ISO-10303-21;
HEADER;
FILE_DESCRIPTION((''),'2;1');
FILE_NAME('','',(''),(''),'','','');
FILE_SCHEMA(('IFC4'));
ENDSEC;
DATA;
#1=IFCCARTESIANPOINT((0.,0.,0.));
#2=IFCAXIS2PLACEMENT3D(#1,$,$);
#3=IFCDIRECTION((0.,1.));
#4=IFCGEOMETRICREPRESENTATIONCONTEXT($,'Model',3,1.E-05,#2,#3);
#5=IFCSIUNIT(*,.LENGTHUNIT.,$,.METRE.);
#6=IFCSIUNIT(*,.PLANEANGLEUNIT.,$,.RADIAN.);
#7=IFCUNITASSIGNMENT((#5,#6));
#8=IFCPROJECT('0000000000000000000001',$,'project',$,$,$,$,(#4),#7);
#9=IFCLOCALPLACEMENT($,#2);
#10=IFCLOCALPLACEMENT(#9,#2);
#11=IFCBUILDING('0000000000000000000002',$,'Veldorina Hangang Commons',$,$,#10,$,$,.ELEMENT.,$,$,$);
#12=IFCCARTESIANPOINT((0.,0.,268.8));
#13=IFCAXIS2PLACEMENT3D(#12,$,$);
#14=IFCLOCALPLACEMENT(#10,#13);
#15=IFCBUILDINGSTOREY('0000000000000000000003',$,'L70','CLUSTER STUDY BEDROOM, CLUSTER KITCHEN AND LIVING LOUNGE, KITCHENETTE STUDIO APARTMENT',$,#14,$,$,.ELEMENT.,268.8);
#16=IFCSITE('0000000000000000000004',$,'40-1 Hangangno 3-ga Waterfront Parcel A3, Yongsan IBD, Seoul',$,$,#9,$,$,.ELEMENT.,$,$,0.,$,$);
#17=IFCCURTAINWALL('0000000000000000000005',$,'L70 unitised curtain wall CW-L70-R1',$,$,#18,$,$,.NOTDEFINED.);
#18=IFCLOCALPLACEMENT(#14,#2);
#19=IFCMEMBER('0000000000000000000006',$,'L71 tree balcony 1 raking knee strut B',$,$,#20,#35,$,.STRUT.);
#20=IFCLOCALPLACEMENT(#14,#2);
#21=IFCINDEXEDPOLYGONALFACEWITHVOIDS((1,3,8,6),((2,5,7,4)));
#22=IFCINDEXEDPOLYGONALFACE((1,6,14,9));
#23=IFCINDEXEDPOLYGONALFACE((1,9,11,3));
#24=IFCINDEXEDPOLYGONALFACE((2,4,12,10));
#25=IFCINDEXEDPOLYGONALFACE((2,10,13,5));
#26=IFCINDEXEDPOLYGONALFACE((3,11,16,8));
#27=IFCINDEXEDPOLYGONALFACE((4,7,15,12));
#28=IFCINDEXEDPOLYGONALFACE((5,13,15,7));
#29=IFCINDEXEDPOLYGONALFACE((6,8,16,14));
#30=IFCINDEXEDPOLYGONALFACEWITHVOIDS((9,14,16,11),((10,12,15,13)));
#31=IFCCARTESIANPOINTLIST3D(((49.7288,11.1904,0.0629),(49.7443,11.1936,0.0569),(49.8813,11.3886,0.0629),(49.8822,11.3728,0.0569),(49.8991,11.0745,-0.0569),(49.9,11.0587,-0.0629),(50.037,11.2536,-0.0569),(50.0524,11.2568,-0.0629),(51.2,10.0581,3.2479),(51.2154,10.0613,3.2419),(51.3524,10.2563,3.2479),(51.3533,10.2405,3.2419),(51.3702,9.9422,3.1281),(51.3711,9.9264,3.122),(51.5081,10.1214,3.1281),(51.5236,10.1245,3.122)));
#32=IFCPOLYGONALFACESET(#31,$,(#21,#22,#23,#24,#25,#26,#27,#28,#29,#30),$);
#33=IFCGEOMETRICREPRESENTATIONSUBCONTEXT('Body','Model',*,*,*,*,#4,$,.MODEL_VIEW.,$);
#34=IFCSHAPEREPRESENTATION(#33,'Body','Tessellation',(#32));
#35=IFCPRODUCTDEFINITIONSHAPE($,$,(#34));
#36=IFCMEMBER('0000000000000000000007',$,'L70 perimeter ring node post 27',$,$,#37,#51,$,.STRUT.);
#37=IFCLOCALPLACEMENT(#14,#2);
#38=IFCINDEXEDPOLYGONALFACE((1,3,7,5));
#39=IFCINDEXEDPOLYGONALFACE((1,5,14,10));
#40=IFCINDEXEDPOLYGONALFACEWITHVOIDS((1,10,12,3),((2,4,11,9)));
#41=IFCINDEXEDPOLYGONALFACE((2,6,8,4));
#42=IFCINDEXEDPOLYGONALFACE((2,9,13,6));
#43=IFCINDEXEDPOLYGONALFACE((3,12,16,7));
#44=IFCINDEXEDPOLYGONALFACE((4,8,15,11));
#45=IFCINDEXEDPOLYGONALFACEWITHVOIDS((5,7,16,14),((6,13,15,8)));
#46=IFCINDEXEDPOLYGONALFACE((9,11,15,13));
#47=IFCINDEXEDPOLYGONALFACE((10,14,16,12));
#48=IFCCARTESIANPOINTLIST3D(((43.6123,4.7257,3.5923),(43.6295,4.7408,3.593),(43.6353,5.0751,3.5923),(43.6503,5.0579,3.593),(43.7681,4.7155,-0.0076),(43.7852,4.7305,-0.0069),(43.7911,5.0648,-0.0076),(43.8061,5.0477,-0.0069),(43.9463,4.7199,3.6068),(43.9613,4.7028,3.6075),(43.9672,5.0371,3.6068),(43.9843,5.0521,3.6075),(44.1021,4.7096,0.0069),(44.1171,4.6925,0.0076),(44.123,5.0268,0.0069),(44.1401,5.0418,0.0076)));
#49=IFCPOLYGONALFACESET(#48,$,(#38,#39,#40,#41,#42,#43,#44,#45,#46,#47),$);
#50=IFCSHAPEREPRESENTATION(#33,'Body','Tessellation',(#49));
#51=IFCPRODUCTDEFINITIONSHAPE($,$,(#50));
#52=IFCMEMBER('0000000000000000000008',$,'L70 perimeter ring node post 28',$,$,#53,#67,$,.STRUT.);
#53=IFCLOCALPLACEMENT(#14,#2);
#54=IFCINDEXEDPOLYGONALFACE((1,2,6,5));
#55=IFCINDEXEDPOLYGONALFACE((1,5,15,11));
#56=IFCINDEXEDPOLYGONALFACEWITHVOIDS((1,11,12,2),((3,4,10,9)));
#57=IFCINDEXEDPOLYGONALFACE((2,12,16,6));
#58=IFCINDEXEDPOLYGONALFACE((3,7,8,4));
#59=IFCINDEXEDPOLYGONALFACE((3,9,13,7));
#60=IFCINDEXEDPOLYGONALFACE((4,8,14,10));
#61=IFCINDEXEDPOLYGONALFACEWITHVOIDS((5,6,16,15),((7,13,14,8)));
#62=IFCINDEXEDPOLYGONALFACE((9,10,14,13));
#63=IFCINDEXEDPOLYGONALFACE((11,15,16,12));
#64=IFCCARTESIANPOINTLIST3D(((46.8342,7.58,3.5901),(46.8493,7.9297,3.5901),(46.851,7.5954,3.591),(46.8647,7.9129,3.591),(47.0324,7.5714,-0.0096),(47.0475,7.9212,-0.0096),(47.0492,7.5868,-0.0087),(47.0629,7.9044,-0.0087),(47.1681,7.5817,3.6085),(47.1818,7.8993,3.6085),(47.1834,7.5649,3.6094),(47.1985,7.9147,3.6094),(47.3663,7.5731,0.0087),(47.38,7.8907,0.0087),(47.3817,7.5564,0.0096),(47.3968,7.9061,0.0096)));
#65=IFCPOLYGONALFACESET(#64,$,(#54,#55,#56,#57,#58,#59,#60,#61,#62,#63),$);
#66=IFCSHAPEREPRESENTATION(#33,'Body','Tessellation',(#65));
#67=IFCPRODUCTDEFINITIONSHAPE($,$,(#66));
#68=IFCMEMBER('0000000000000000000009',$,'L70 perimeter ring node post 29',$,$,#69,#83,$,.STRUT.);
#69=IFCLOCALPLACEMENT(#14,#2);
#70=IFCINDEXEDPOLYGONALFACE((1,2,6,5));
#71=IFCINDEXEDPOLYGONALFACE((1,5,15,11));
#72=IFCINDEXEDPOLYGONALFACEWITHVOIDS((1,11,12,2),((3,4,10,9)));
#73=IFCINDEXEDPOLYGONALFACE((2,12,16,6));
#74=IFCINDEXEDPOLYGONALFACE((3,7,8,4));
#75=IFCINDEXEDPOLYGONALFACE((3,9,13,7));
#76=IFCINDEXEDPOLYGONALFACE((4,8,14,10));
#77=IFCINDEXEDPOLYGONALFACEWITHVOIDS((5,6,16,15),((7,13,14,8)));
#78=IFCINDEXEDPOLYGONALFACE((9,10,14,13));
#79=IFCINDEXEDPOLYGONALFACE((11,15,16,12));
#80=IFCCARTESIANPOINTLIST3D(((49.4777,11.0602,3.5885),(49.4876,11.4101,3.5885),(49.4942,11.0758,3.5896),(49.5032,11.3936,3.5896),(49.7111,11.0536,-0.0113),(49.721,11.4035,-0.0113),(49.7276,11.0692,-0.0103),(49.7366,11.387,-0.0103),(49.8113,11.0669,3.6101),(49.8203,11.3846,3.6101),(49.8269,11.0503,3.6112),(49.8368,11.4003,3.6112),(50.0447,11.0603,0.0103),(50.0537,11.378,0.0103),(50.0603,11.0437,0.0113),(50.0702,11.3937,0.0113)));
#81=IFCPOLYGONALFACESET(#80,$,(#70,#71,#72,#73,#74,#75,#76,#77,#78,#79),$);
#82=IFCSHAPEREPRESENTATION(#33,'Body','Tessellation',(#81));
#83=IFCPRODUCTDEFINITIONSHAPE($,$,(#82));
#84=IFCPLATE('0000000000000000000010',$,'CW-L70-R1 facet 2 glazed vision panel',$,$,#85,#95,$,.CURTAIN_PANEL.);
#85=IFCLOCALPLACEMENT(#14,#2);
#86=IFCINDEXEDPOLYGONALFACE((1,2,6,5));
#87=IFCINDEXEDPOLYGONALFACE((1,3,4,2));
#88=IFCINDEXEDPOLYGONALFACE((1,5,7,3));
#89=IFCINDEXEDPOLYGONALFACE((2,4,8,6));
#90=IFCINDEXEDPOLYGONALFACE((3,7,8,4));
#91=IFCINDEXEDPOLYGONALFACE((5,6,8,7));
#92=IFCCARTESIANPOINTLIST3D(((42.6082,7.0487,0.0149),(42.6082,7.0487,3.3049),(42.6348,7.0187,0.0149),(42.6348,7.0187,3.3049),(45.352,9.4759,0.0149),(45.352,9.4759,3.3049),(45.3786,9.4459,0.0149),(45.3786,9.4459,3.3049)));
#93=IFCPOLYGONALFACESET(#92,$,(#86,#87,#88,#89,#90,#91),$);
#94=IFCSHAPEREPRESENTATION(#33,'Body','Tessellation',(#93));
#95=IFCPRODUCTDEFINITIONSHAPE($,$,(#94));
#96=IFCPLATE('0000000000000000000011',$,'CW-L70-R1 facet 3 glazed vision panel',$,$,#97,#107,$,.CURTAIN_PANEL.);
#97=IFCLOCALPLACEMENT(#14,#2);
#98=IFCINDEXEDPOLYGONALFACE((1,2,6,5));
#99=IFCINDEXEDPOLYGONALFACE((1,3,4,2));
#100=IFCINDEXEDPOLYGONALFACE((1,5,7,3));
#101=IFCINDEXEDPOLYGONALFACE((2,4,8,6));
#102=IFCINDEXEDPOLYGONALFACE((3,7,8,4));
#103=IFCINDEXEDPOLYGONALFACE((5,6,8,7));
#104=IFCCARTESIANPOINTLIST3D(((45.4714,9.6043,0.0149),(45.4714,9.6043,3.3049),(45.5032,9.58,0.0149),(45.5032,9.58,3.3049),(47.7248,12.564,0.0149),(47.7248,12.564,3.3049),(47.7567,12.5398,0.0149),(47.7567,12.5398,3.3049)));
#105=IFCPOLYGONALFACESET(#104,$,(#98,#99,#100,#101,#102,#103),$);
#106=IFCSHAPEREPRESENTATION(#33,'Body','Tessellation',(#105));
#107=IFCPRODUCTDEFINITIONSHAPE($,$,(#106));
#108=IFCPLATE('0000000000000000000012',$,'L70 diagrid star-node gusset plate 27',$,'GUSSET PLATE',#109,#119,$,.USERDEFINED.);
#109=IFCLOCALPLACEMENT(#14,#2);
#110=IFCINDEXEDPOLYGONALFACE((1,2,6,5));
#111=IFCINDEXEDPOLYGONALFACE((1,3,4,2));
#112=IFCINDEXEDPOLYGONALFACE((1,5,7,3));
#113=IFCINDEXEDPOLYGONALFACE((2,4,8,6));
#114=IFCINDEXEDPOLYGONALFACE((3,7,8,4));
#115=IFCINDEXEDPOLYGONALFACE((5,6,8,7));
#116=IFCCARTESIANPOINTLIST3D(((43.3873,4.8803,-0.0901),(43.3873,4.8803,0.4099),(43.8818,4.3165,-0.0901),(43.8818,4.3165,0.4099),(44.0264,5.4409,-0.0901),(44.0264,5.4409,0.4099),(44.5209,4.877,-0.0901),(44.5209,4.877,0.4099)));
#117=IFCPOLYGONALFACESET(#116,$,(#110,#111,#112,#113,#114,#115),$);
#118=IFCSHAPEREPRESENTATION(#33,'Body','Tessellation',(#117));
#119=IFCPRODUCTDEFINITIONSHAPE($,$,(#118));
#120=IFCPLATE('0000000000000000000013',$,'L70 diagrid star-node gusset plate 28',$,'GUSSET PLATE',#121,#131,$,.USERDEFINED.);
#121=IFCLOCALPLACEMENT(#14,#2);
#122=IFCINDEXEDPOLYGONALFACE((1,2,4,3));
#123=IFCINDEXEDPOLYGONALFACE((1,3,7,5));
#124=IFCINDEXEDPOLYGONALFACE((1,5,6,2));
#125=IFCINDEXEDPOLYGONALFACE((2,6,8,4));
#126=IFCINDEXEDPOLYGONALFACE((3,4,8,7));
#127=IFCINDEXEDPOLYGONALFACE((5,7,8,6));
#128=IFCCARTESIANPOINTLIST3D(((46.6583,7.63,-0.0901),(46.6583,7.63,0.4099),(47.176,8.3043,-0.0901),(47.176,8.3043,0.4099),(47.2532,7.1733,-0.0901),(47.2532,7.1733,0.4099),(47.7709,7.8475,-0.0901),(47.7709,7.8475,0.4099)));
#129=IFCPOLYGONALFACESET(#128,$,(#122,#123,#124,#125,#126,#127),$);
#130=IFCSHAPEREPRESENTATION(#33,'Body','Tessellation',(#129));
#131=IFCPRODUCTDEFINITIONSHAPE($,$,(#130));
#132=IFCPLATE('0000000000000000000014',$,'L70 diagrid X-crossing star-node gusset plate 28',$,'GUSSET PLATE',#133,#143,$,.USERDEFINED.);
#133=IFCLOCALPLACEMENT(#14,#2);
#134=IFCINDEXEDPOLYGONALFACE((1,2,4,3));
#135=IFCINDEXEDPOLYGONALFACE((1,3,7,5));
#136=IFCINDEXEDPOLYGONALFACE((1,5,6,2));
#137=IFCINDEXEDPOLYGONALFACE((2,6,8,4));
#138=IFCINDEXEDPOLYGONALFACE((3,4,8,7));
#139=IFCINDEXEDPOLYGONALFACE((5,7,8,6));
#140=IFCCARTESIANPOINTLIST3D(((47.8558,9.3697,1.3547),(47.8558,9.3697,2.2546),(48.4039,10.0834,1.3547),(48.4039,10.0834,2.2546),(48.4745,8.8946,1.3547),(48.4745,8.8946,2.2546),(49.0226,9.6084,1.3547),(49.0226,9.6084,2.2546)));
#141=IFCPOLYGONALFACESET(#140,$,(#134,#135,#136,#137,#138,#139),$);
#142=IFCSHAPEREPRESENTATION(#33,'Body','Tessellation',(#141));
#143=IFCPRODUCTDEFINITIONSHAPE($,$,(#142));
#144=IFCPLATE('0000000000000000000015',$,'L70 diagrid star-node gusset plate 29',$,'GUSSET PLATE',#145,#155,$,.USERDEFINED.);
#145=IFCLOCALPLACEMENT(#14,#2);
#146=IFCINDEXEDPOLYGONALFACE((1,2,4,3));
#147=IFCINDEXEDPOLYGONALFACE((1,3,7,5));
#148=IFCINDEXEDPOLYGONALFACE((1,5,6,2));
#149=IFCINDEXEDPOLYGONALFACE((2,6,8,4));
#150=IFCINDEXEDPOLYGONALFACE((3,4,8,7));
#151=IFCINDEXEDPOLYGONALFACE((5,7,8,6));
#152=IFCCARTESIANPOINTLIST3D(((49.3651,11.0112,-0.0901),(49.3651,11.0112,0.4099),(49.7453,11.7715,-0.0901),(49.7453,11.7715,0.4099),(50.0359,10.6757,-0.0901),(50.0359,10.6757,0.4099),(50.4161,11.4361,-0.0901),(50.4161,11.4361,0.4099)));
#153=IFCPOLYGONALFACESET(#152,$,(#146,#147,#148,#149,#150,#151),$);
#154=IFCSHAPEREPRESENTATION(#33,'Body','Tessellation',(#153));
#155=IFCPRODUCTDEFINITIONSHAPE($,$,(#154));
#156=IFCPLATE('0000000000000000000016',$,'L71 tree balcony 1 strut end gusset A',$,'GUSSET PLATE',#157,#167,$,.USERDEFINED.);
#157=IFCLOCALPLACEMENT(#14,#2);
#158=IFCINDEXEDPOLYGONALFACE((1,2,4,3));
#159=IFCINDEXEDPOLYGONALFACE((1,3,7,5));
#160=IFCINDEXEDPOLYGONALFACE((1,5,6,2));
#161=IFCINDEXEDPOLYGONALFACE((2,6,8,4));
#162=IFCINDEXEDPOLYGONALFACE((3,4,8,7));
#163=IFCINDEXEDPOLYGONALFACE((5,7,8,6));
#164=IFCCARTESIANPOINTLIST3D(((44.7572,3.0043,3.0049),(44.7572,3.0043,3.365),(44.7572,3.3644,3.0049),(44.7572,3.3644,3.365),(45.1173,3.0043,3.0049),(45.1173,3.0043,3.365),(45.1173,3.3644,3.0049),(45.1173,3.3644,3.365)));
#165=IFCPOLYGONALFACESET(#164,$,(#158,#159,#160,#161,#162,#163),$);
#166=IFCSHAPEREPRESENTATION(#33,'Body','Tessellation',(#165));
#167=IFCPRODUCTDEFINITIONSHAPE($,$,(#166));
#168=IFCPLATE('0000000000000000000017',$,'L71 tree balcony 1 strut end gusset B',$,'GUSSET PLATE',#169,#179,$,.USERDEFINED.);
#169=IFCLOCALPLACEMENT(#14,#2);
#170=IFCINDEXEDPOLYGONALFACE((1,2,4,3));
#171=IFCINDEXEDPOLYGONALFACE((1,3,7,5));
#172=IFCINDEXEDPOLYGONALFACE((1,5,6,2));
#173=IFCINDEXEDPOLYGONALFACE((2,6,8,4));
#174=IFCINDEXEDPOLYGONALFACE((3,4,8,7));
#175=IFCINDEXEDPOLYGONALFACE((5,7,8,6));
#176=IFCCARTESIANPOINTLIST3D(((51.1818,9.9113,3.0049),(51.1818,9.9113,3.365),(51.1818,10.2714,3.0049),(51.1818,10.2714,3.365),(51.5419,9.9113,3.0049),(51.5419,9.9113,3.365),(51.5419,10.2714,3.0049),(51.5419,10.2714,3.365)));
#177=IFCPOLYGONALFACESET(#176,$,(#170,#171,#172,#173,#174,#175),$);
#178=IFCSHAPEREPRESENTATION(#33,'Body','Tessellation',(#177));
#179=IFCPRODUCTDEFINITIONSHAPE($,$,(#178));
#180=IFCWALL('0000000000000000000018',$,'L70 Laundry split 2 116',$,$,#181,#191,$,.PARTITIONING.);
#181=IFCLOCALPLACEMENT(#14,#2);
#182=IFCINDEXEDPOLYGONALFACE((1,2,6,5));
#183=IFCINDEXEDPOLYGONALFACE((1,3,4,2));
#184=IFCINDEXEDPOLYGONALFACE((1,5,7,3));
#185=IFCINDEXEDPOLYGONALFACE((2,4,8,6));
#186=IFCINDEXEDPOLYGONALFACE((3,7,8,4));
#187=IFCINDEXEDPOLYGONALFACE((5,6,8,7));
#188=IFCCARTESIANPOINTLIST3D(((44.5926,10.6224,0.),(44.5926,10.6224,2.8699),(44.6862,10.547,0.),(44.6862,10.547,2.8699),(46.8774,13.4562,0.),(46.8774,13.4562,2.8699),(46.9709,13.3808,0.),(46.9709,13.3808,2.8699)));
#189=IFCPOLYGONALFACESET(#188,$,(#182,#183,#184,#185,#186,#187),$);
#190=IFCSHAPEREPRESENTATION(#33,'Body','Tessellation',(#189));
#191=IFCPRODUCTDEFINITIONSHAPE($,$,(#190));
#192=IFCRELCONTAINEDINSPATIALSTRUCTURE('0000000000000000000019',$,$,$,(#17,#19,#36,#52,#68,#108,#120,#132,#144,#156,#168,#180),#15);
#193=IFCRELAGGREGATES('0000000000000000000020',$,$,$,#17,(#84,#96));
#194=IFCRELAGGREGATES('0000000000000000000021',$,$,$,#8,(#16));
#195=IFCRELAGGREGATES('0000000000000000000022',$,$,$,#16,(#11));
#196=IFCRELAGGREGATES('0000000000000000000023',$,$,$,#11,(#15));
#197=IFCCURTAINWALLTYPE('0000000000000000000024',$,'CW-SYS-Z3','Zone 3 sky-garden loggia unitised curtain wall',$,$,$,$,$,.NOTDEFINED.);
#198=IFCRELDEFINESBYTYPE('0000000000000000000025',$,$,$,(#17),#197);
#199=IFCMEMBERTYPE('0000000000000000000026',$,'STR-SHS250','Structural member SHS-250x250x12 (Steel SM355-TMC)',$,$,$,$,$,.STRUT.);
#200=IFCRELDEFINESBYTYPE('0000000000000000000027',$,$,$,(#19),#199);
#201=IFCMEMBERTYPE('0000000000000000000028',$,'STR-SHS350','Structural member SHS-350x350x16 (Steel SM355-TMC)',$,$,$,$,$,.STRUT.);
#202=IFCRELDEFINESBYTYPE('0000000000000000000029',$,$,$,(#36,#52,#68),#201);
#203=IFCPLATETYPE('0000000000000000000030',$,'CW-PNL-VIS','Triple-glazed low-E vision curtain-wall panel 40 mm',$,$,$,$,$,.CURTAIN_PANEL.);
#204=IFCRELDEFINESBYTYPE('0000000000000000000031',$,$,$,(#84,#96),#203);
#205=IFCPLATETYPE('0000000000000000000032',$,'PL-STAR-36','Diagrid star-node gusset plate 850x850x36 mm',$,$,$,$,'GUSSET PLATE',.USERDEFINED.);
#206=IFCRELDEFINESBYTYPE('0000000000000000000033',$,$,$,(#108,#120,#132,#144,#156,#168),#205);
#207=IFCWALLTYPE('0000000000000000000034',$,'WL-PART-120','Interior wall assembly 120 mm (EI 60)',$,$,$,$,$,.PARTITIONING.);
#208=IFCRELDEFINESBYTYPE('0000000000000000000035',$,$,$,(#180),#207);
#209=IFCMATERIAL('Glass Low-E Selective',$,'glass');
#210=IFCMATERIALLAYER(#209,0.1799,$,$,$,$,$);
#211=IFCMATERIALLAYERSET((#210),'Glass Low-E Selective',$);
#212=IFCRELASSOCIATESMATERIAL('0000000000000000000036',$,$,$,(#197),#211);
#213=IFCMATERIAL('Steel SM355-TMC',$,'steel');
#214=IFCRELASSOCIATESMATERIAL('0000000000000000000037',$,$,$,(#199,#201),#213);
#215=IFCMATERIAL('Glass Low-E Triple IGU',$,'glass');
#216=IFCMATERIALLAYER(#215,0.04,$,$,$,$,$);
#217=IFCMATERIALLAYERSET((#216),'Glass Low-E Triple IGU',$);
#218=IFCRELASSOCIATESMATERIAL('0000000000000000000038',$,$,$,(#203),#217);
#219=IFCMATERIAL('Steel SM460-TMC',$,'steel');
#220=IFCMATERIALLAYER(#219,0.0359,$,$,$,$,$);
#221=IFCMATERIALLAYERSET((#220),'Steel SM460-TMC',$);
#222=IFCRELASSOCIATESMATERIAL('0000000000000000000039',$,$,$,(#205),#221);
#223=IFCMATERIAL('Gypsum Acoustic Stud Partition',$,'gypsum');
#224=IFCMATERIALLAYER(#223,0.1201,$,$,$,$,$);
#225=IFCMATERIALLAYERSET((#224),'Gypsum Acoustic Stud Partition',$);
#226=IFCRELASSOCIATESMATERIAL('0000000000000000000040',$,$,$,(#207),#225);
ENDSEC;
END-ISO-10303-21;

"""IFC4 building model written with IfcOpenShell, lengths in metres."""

from ifc_helpers import new_model, si_unit, direction, frame, frame_2d, origin, origin_2d, place, context, subcontext, project, spatial, rectangle, hollow_rectangle, extrude, material, layer, layer_set, material_profile, profile_set, type_object, element, aggregate, save


model = new_model("IFC4")

# Units and contexts
model_context = context("Model", 3, precision=1e-05, world=origin(), true_north=direction((0.0, 1.0)))
body_context = subcontext(model_context, "Body", "Model", "MODEL_VIEW")
ifc_project = project(units=[si_unit("LENGTHUNIT", "METRE"), si_unit("PLANEANGLEUNIT", "RADIAN")], contexts=[model_context])

# Site, building, storey
site_placement = place(None, origin())
site = spatial("IfcSite", under=ifc_project, at=site_placement, Name="40-1 Hangangno 3-ga Waterfront Parcel A3, Yongsan IBD, Seoul", CompositionType="ELEMENT", RefElevation=0.0)
building_placement = place(site_placement, origin())
building = spatial("IfcBuilding", under=site, at=building_placement, Name="Veldorina Hangang Commons", CompositionType="ELEMENT")
storey_placement = place(building_placement, frame((0.0, 0.0, 268.8)))
storey = spatial("IfcBuildingStorey", under=building, at=storey_placement, Name="L70", Description="CLUSTER STUDY BEDROOM, CLUSTER KITCHEN AND LIVING LOUNGE, KITCHENETTE STUDIO APARTMENT", CompositionType="ELEMENT", Elevation=268.8)

# Shared definitions
ifc_material_1 = material(Name="Steel SM355-TMC", Category="steel")

# Curtain wall
ifc_material_2 = material(Name="Glass Low-E Selective", Category="glass")
ifc_layer_1 = layer(ifc_material_2, 0.1799)
ifc_layer_set_1 = layer_set([ifc_layer_1], Name="Glass Low-E Selective")
curtain_wall_type = type_object("IfcCurtainWallType", Name="CW-SYS-Z3", Description="Zone 3 sky-garden loggia unitised curtain wall", PredefinedType="NOTDEFINED", material=ifc_layer_set_1)
curtain_wall_placement = place(storey_placement, origin())
curtain_wall = element("IfcCurtainWall", 1, at=curtain_wall_placement, inside=storey, type_object=curtain_wall_type, Name="L70 unitised curtain wall CW-L70-R1", PredefinedType="NOTDEFINED")

# Members
ifc_material_profile_1 = material_profile(ifc_material_1, hollow_rectangle(XDim=0.25, YDim=0.25, WallThickness=0.012, at=origin_2d()), Name="SHS-250x250x12")
ifc_profile_set_1 = profile_set([ifc_material_profile_1], Name="Steel SM355-TMC")
member_type_1 = type_object("IfcMemberType", Name="STR-SHS250", Description="Structural member SHS-250x250x12 (Steel SM355-TMC)", PredefinedType="STRUT", material=ifc_profile_set_1)
member_1_placement = place(storey_placement, frame((49.8906, 11.2236, 0.0), z_axis=(0.399062, -0.307144, 0.863951), x_axis=(0.609927, 0.792458, 0.0)))
element("IfcMember", 2, at=member_1_placement, inside=storey, type_object=member_type_1, Name="L71 tree balcony 1 raking knee strut B", PredefinedType="STRUT", context=body_context, shape_type="SweptSolid", body=[
    extrude(hollow_rectangle(XDim=0.25, YDim=0.25, WallThickness=0.012, at=origin_2d()), origin(), (0.0, 0.0, 1.0), 3.6865),
])
ifc_material_profile_2 = material_profile(ifc_material_1, hollow_rectangle(XDim=0.3501, YDim=0.3501, WallThickness=0.0161, at=origin_2d()), Name="SHS-350x350x16")
ifc_profile_set_2 = profile_set([ifc_material_profile_2], Name="Steel SM355-TMC")
member_type_2 = type_object("IfcMemberType", Name="STR-SHS350", Description="Structural member SHS-350x350x16 (Steel SM355-TMC)", PredefinedType="STRUT", material=ifc_profile_set_2)
member_2_placement = place(storey_placement, frame((43.9541, 4.8787, 0.0), z_axis=(-0.043228, 0.002846, 0.999061), x_axis=(-0.065689, -0.99784, 0.0)))
element("IfcMember", 3, at=member_2_placement, inside=storey, type_object=member_type_2, Name="L70 perimeter ring node post 27", PredefinedType="STRUT", context=body_context, shape_type="SweptSolid", body=[
    extrude(hollow_rectangle(XDim=0.3501, YDim=0.3501, WallThickness=0.0161, at=origin_2d()), origin(), (0.0, 0.0, 1.0), 3.6033),
])
member_3_placement = place(storey_placement, frame((47.2146, 7.7388, 0.0), z_axis=(-0.054986, 0.00237, 0.998484), x_axis=(-0.043063, -0.999072, 0.0)))
element("IfcMember", 4, at=member_3_placement, inside=storey, type_object=member_type_2, Name="L70 perimeter ring node post 28", PredefinedType="STRUT", context=body_context, shape_type="SweptSolid", body=[
    extrude(hollow_rectangle(XDim=0.3501, YDim=0.3501, WallThickness=0.0161, at=origin_2d()), origin(), (0.0, 0.0, 1.0), 3.6052),
])
member_4_placement = place(storey_placement, frame((49.8906, 11.2236, 0.0), z_axis=(-0.0647, 0.001827, 0.997903), x_axis=(-0.028231, -0.999601, 0.0)))
element("IfcMember", 5, at=member_4_placement, inside=storey, type_object=member_type_2, Name="L70 perimeter ring node post 29", PredefinedType="STRUT", context=body_context, shape_type="SweptSolid", body=[
    extrude(hollow_rectangle(XDim=0.3501, YDim=0.3501, WallThickness=0.0161, at=origin_2d()), origin(), (0.0, 0.0, 1.0), 3.6074),
])

# Plates
ifc_material_3 = material(Name="Glass Low-E Triple IGU", Category="glass")
ifc_layer_2 = layer(ifc_material_3, 0.04)
ifc_layer_set_2 = layer_set([ifc_layer_2], Name="Glass Low-E Triple IGU")
plate_type_1 = type_object("IfcPlateType", Name="CW-PNL-VIS", Description="Triple-glazed low-E vision curtain-wall panel 40 mm", PredefinedType="CURTAIN_PANEL", material=ifc_layer_set_2)
plate_1_placement = place(storey_placement, frame((43.9934, 8.2473, 0.0149), z_axis=(0.0, 0.0, 1.0), x_axis=(0.74899, 0.662581, 0.0)))
plate_1 = element("IfcPlate", 6, at=plate_1_placement, type_object=plate_type_1, Name="CW-L70-R1 facet 2 glazed vision panel", PredefinedType="CURTAIN_PANEL", context=body_context, shape_type="SweptSolid", body=[
    extrude(rectangle(XDim=3.6633, YDim=0.04, at=origin_2d()), origin(), (0.0, 0.0, 1.0), 3.29),
])
plate_2_placement = place(storey_placement, frame((46.614, 11.072, 0.0149), z_axis=(0.0, 0.0, 1.0), x_axis=(0.605766, 0.795643, 0.0)))
plate_2 = element("IfcPlate", 7, at=plate_2_placement, type_object=plate_type_1, Name="CW-L70-R1 facet 3 glazed vision panel", PredefinedType="CURTAIN_PANEL", context=body_context, shape_type="SweptSolid", body=[
    extrude(rectangle(XDim=3.72, YDim=0.04, at=origin_2d()), origin(), (0.0, 0.0, 1.0), 3.29),
])
aggregate(curtain_wall, [plate_1, plate_2])

# Plates
ifc_material_4 = material(Name="Steel SM460-TMC", Category="steel")
ifc_layer_3 = layer(ifc_material_4, 0.0359)
ifc_layer_set_3 = layer_set([ifc_layer_3], Name="Steel SM460-TMC")
plate_type_2 = type_object("IfcPlateType", Name="PL-STAR-36", Description="Diagrid star-node gusset plate 850x850x36 mm", ElementType="GUSSET PLATE", PredefinedType="USERDEFINED", material=ifc_layer_set_3)
for number, where, z_axis, x_axis, name in (
    (8, (43.9541, 4.8787, -0.0901), (0.0, 0.0, 1.0), (0.751782, 0.659411, 0.0), "L70 diagrid star-node gusset plate 27"),
    (9, (47.2146, 7.7388, -0.0901), (0.0, 0.0, 1.0), (0.609024, 0.793151, 0.0), "L70 diagrid star-node gusset plate 28"),
):
    element("IfcPlate", number, at=place(storey_placement, frame(where, z_axis=z_axis, x_axis=x_axis)), inside=storey, type_object=plate_type_2, Name=name, ObjectType="GUSSET PLATE", PredefinedType="USERDEFINED", context=body_context, shape_type="SweptSolid", body=[
        extrude(rectangle(XDim=0.8501, YDim=0.75, at=origin_2d()), origin(), (0.0, 0.0, 1.0), 0.5),
    ])
plate_3_placement = place(storey_placement, frame((48.4392, 9.489, 1.3547), z_axis=(0.0, 0.0, 1.0), x_axis=(0.609024, 0.793151, 0.0)))
element("IfcPlate", 10, at=plate_3_placement, inside=storey, type_object=plate_type_2, Name="L70 diagrid X-crossing star-node gusset plate 28", ObjectType="GUSSET PLATE", PredefinedType="USERDEFINED", context=body_context, shape_type="SweptSolid", body=[
    extrude(rectangle(XDim=0.8999, YDim=0.78, at=origin_2d()), origin(), (0.0, 0.0, 1.0), 0.8999),
])
plate_4_placement = place(storey_placement, frame((49.8906, 11.2236, -0.0901), z_axis=(0.0, 0.0, 1.0), x_axis=(0.447291, 0.894389, 0.0)))
element("IfcPlate", 11, at=plate_4_placement, inside=storey, type_object=plate_type_2, Name="L70 diagrid star-node gusset plate 29", ObjectType="GUSSET PLATE", PredefinedType="USERDEFINED", context=body_context, shape_type="SweptSolid", body=[
    extrude(rectangle(XDim=0.8501, YDim=0.75, at=origin_2d()), origin(), (0.0, 0.0, 1.0), 0.5),
])
for number, where, z_axis, x_axis, name in (
    (12, (44.9373, 3.1843, 3.0049), (0.0, 0.0, 1.0), (1.0, 0.0, 0.0), "L71 tree balcony 1 strut end gusset A"),
    (13, (51.3618, 10.0913, 3.0049), (0.0, 0.0, 1.0), (1.0, 0.0, 0.0), "L71 tree balcony 1 strut end gusset B"),
):
    element("IfcPlate", number, at=place(storey_placement, frame(where, z_axis=z_axis, x_axis=x_axis)), inside=storey, type_object=plate_type_2, Name=name, ObjectType="GUSSET PLATE", PredefinedType="USERDEFINED", context=body_context, shape_type="SweptSolid", body=[
        extrude(rectangle(XDim=0.3601, YDim=0.3601, at=origin_2d()), origin(), (0.0, 0.0, 1.0), 0.3601),
    ])

# Wall
ifc_material_5 = material(Name="Gypsum Acoustic Stud Partition", Category="gypsum")
ifc_layer_4 = layer(ifc_material_5, 0.1201)
ifc_layer_set_4 = layer_set([ifc_layer_4], Name="Gypsum Acoustic Stud Partition")
wall_type = type_object("IfcWallType", Name="WL-PART-120", Description="Interior wall assembly 120 mm (EI 60)", PredefinedType="PARTITIONING", material=ifc_layer_set_4)
wall_placement = place(storey_placement, frame((44.6394, 10.5847, 0.0), z_axis=(0.0, 0.0, 1.0), x_axis=(0.627652, 0.778494, 0.0)))
element("IfcWall", 14, at=wall_placement, inside=storey, type_object=wall_type, Name="L70 Laundry split 2 116", PredefinedType="PARTITIONING", context=body_context, shape_type="SweptSolid", body=[
    extrude(rectangle(XDim=3.6401, YDim=0.1201, at=frame_2d((1.8201, 0.0))), origin(), (0.0, 0.0, 1.0), 2.8699),
])

save(model, "model.ifc")
